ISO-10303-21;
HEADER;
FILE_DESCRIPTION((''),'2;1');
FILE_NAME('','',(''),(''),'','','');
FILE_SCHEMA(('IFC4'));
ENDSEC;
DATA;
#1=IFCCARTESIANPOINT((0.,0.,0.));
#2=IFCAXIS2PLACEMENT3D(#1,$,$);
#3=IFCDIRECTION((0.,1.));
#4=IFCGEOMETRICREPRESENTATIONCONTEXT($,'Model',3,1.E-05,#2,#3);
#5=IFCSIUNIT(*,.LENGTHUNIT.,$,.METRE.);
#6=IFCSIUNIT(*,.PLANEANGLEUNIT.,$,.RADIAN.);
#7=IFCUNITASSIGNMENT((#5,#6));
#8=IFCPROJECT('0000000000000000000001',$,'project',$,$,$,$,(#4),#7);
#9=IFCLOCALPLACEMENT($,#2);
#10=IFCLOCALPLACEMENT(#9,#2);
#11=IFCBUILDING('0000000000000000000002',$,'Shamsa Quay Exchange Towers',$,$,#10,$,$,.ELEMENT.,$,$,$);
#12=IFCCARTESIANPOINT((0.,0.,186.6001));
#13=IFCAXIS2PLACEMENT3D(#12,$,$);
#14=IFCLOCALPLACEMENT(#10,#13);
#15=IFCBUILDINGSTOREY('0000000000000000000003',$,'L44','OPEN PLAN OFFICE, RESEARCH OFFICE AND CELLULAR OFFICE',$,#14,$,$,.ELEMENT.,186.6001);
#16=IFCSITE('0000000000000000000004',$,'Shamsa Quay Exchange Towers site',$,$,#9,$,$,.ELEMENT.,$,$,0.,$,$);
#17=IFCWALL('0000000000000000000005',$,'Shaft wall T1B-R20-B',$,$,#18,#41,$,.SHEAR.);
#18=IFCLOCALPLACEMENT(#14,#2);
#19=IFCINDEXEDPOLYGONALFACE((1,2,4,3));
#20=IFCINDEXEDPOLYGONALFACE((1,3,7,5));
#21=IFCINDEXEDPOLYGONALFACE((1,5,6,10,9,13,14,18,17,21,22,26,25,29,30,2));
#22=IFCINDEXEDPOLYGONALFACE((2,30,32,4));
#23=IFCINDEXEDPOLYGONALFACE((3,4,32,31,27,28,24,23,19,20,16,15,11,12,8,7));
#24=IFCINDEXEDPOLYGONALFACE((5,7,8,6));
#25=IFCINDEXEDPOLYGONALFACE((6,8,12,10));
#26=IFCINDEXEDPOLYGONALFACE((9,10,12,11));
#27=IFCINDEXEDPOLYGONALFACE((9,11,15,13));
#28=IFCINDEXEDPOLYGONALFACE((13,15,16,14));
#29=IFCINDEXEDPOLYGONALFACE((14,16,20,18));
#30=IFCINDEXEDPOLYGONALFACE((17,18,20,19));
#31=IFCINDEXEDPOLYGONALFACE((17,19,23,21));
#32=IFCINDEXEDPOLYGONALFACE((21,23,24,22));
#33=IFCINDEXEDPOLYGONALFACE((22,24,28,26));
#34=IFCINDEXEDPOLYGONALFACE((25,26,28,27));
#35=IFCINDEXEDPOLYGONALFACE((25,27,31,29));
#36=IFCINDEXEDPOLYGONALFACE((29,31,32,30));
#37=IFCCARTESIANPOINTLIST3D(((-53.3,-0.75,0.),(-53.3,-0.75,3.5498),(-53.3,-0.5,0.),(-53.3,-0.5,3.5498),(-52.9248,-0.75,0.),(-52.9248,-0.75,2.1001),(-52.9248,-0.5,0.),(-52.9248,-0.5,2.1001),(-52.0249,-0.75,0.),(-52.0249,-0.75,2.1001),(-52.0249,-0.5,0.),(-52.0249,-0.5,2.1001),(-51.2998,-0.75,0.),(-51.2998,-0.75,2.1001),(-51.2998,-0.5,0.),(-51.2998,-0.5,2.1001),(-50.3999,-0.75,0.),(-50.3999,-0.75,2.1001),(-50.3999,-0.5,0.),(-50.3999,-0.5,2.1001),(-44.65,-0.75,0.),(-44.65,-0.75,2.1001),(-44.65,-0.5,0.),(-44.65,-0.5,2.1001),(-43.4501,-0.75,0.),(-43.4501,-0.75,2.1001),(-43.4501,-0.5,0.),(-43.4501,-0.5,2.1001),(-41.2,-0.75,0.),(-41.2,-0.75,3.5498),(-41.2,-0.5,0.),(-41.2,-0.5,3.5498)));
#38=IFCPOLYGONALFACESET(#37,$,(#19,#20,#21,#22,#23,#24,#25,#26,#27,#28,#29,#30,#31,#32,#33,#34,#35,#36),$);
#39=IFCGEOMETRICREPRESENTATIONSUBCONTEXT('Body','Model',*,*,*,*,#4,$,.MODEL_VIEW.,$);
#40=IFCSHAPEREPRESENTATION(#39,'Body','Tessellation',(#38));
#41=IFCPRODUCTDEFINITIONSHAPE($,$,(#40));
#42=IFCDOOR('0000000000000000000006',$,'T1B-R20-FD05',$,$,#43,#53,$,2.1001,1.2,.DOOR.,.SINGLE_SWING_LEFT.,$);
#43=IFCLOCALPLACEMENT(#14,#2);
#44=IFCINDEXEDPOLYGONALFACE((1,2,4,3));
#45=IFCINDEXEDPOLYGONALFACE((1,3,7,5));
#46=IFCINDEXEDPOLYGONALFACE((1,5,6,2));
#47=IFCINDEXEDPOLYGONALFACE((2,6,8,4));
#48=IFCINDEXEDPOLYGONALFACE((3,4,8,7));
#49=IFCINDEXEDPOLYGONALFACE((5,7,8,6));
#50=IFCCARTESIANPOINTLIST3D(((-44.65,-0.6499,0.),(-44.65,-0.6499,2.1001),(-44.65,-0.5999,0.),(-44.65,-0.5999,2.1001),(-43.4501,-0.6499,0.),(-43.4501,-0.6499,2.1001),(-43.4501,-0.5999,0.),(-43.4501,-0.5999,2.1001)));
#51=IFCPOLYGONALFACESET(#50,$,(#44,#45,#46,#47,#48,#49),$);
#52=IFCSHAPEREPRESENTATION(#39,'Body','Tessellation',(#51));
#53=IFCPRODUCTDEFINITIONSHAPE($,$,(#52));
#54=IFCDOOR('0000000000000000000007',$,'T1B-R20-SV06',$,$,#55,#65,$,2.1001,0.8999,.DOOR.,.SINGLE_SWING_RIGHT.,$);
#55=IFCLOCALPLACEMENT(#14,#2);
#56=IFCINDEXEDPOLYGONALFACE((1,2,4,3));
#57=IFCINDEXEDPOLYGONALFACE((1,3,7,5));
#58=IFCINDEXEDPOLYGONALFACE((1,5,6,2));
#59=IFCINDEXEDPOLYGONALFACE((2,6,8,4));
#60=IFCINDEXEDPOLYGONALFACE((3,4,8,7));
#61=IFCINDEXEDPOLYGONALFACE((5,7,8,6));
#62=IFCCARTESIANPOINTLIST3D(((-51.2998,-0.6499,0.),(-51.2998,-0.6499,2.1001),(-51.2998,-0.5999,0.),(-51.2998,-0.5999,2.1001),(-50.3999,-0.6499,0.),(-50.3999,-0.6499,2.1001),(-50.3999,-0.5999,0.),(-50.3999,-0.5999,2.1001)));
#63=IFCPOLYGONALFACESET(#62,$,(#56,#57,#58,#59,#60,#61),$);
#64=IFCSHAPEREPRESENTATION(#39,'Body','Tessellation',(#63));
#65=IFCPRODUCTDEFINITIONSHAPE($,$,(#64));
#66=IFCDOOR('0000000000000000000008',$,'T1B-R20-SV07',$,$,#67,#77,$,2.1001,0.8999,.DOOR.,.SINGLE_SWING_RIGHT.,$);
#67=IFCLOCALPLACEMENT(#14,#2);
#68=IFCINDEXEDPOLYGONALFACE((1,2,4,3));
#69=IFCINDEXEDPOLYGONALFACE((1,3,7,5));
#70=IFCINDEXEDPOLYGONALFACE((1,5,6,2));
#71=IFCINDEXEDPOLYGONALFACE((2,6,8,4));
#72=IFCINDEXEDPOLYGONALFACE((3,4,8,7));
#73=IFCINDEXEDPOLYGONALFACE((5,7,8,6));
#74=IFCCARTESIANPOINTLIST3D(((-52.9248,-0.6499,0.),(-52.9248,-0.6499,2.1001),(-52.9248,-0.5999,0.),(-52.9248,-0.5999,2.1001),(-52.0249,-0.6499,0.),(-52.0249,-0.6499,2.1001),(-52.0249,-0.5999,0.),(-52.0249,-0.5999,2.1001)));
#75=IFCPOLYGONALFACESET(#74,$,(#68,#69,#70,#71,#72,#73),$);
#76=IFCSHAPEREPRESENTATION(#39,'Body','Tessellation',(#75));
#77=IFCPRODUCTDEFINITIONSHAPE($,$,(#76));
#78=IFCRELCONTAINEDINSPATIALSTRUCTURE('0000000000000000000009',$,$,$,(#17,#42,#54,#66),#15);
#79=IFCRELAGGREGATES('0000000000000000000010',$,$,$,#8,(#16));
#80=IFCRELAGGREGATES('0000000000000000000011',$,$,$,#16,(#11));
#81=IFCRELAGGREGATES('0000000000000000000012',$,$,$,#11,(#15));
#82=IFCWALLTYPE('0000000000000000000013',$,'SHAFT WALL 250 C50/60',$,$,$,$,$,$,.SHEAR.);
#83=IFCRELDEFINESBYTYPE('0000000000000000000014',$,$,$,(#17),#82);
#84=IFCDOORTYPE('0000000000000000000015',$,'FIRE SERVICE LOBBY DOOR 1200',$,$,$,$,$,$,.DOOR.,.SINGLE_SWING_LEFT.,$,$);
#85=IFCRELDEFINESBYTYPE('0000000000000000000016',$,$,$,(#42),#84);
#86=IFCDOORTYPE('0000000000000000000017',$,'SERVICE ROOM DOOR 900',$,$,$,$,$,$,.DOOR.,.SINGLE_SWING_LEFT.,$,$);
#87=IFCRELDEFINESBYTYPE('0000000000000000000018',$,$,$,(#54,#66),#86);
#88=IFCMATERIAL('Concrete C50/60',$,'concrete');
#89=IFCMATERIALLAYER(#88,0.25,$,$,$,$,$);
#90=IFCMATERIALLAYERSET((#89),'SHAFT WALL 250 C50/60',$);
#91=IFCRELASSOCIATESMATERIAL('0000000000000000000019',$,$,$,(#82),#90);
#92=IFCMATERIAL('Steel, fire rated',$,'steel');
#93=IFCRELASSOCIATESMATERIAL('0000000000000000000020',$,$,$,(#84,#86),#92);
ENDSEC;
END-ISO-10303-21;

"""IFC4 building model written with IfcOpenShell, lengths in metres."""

from ifc_helpers import new_model, si_unit, direction, frame, frame_2d, origin, place, context, subcontext, project, spatial, rectangle, extrude, material, layer, layer_set, type_object, element, fill, save


model = new_model("IFC4")

# Units and contexts
model_context = context("Model", 3, precision=1e-05, world=origin(), true_north=direction((0.0, 1.0)))
body_context = subcontext(model_context, "Body", "Model", "MODEL_VIEW")
ifc_project = project(units=[si_unit("LENGTHUNIT", "METRE"), si_unit("PLANEANGLEUNIT", "RADIAN")], contexts=[model_context])

# Site, building, storey
site_placement = place(None, origin())
site = spatial("IfcSite", under=ifc_project, at=site_placement, Name="Shamsa Quay Exchange Towers site", CompositionType="ELEMENT", RefElevation=0.0)
building_placement = place(site_placement, origin())
building = spatial("IfcBuilding", under=site, at=building_placement, Name="Shamsa Quay Exchange Towers", CompositionType="ELEMENT")
storey_placement = place(building_placement, frame((0.0, 0.0, 186.6001)))
storey = spatial("IfcBuildingStorey", under=building, at=storey_placement, Name="L44", Description="OPEN PLAN OFFICE, RESEARCH OFFICE AND CELLULAR OFFICE", CompositionType="ELEMENT", Elevation=186.6001)

# Wall, openings, doors
ifc_material_1 = material(Name="Concrete C50/60", Category="concrete")
ifc_layer_1 = layer(ifc_material_1, 0.25)
ifc_layer_set_1 = layer_set([ifc_layer_1], Name="SHAFT WALL 250 C50/60")
wall_type_1 = type_object("IfcWallType", Name="SHAFT WALL 250 C50/60", PredefinedType="SHEAR", material=ifc_layer_set_1)
wall_1_placement = place(storey_placement, frame((-41.2, -0.625, 0.0), z_axis=(0.0, 0.0, 1.0), x_axis=(-1.0, 0.0, 0.0)))
wall_1 = element("IfcWall", 1, at=wall_1_placement, inside=storey, type_object=wall_type_1, Name="Shaft wall T1B-R20-B", PredefinedType="SHEAR", context=body_context, shape_type="SweptSolid", body=[
    extrude(rectangle(XDim=12.1001, YDim=0.25, at=frame_2d((6.05, 0.0))), origin(), (0.0, 0.0, 1.0), 3.5498),
])
opening_1_placement = place(wall_1_placement, frame((2.25, 0.0, 0.0)))
opening_1 = element("IfcOpeningElement", 2, at=opening_1_placement, cuts=wall_1, PredefinedType="OPENING", context=body_context, shape_type="SweptSolid", body=[
    extrude(rectangle(XDim=1.2, YDim=2.1001, at=frame_2d((0.6001, 1.05))), frame((0.0, 0.135, 0.0), z_axis=(0.0, -1.0, 0.0), x_axis=(1.0, 0.0, 0.0)), (0.0, 0.0, 1.0), 0.27),
])
opening_2_placement = place(wall_1_placement, frame((9.2, 0.0, 0.0)))
opening_2 = element("IfcOpeningElement", 3, at=opening_2_placement, cuts=wall_1, PredefinedType="OPENING", context=body_context, shape_type="SweptSolid", body=[
    extrude(rectangle(XDim=0.8999, YDim=2.1001, at=frame_2d((0.45, 1.05))), frame((0.0, 0.135, 0.0), z_axis=(0.0, -1.0, 0.0), x_axis=(1.0, 0.0, 0.0)), (0.0, 0.0, 1.0), 0.27),
])
opening_3_placement = place(wall_1_placement, frame((10.825, 0.0, 0.0)))
opening_3 = element("IfcOpeningElement", 4, at=opening_3_placement, cuts=wall_1, PredefinedType="OPENING", context=body_context, shape_type="SweptSolid", body=[
    extrude(rectangle(XDim=0.8999, YDim=2.1001, at=frame_2d((0.45, 1.05))), frame((0.0, 0.135, 0.0), z_axis=(0.0, -1.0, 0.0), x_axis=(1.0, 0.0, 0.0)), (0.0, 0.0, 1.0), 0.27),
])
ifc_material_2 = material(Name="Steel, fire rated", Category="steel")
door_type_1 = type_object("IfcDoorType", Name="FIRE SERVICE LOBBY DOOR 1200", OperationType="SINGLE_SWING_LEFT", PredefinedType="DOOR", material=ifc_material_2)
door_1_placement = place(opening_1_placement, origin())
door_1 = element("IfcDoor", 5, at=door_1_placement, inside=storey, type_object=door_type_1, Name="T1B-R20-FD05", OperationType="SINGLE_SWING_LEFT", OverallHeight=2.1001, OverallWidth=1.2, PredefinedType="DOOR", context=body_context, shape_type="SweptSolid", body=[
    extrude(rectangle(XDim=1.2, YDim=2.1001, at=frame_2d((0.6001, 1.05))), frame((0.0, 0.0249, 0.0), z_axis=(0.0, -1.0, 0.0), x_axis=(1.0, 0.0, 0.0)), (0.0, 0.0, 1.0), 0.05),
])
fill(opening_1, door_1)
door_type_2 = type_object("IfcDoorType", Name="SERVICE ROOM DOOR 900", OperationType="SINGLE_SWING_LEFT", PredefinedType="DOOR", material=ifc_material_2)
door_2_placement = place(opening_2_placement, origin())
door_2 = element("IfcDoor", 6, at=door_2_placement, inside=storey, type_object=door_type_2, Name="T1B-R20-SV06", OperationType="SINGLE_SWING_RIGHT", OverallHeight=2.1001, OverallWidth=0.8999, PredefinedType="DOOR", context=body_context, shape_type="SweptSolid", body=[
    extrude(rectangle(XDim=0.8999, YDim=2.1001, at=frame_2d((0.45, 1.05))), frame((0.0, 0.0249, 0.0), z_axis=(0.0, -1.0, 0.0), x_axis=(1.0, 0.0, 0.0)), (0.0, 0.0, 1.0), 0.05),
])
fill(opening_2, door_2)
door_3_placement = place(opening_3_placement, origin())
door_3 = element("IfcDoor", 7, at=door_3_placement, inside=storey, type_object=door_type_2, Name="T1B-R20-SV07", OperationType="SINGLE_SWING_RIGHT", OverallHeight=2.1001, OverallWidth=0.8999, PredefinedType="DOOR", context=body_context, shape_type="SweptSolid", body=[
    extrude(rectangle(XDim=0.8999, YDim=2.1001, at=frame_2d((0.45, 1.05))), frame((0.0, 0.0249, 0.0), z_axis=(0.0, -1.0, 0.0), x_axis=(1.0, 0.0, 0.0)), (0.0, 0.0, 1.0), 0.05),
])
fill(opening_3, door_3)

save(model, "model.ifc")
